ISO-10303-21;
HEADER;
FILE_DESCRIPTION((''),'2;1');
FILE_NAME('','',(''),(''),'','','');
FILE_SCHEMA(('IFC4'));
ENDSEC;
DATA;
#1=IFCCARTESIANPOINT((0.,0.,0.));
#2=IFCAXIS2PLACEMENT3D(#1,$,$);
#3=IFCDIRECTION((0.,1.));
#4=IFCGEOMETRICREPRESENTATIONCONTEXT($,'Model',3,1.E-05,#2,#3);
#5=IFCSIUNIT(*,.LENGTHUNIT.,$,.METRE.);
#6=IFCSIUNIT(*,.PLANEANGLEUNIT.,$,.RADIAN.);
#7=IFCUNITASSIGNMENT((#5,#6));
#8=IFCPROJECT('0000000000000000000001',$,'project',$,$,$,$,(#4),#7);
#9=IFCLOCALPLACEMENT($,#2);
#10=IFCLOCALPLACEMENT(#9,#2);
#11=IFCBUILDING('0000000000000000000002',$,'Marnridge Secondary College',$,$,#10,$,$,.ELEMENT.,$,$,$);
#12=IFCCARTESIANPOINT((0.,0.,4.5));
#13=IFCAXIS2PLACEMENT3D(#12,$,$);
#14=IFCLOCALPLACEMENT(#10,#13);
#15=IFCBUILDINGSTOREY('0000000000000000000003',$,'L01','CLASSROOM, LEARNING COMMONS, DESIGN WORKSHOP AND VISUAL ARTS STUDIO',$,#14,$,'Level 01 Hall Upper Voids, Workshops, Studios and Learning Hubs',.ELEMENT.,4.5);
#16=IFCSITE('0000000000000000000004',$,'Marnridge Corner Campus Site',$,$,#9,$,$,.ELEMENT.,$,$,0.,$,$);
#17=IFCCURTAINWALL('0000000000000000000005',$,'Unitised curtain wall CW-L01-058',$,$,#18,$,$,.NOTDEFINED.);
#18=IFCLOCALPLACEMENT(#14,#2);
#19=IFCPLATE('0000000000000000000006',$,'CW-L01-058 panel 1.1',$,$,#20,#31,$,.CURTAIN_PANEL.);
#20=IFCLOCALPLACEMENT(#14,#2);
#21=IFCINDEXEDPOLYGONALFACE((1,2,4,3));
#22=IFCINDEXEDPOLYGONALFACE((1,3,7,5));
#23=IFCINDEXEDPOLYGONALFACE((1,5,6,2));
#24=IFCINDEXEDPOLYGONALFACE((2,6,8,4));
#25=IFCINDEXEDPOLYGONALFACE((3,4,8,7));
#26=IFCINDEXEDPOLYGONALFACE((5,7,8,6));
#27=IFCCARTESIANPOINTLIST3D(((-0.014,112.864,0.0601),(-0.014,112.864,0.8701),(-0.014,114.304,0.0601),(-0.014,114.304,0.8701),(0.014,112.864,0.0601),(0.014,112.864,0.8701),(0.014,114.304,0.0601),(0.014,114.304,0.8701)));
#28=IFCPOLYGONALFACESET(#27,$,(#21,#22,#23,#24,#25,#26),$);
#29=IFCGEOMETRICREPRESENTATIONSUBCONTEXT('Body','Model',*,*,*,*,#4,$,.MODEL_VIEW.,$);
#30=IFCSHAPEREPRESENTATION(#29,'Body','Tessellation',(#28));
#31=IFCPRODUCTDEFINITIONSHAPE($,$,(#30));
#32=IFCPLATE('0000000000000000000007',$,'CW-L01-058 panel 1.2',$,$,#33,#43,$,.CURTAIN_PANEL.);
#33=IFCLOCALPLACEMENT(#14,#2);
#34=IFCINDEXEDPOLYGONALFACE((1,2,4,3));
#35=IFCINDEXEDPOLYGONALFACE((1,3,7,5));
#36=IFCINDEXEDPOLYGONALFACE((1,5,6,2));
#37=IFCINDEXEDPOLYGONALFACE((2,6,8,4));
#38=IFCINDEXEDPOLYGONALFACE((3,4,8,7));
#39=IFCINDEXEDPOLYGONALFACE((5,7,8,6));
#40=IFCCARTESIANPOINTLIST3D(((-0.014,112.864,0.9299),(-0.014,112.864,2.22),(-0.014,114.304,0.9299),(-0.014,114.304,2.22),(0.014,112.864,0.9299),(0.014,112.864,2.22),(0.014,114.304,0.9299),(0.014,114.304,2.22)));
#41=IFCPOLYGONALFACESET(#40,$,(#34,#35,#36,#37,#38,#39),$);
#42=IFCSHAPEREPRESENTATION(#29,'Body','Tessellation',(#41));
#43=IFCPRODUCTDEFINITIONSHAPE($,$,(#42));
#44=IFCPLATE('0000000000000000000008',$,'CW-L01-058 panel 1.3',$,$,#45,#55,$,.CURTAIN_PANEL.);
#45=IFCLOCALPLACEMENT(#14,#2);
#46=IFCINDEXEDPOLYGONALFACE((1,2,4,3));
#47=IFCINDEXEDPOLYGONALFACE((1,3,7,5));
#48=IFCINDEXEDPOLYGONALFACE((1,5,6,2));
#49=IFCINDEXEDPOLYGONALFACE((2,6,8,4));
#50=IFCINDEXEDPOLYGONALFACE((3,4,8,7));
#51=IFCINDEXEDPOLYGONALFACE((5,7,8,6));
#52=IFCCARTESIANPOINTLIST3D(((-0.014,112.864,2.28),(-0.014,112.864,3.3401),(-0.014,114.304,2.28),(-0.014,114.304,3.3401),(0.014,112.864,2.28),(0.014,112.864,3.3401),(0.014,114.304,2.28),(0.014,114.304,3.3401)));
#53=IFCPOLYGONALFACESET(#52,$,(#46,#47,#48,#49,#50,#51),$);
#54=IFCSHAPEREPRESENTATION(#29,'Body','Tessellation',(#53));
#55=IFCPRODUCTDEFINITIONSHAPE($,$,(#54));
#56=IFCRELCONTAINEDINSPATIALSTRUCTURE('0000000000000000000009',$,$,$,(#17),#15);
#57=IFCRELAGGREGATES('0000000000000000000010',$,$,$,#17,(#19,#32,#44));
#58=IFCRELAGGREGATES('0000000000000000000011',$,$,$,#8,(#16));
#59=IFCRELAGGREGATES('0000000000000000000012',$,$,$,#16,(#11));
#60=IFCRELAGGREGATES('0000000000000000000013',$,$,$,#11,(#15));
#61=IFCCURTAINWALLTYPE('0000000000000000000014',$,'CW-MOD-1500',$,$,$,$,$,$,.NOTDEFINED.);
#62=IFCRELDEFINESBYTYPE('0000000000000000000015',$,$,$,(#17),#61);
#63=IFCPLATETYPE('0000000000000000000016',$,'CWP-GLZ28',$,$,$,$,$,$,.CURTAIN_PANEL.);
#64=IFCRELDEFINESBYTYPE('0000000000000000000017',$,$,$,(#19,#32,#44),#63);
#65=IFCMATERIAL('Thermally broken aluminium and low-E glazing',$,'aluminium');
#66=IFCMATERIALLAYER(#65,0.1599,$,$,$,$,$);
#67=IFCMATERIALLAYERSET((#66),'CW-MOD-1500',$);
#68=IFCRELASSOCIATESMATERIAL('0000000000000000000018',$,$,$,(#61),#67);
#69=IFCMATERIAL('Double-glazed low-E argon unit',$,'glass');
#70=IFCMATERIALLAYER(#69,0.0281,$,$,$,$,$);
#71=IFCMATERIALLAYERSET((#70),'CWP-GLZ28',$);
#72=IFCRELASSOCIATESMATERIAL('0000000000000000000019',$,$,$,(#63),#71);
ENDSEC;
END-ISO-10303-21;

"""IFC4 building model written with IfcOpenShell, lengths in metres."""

from ifc_helpers import new_model, si_unit, direction, frame, origin, origin_2d, place, context, subcontext, project, spatial, rectangle, extrude, material, layer, layer_set, type_object, element, aggregate, save


model = new_model("IFC4")

# Units and contexts
model_context = context("Model", 3, precision=1e-05, world=origin(), true_north=direction((0.0, 1.0)))
body_context = subcontext(model_context, "Body", "Model", "MODEL_VIEW")
ifc_project = project(units=[si_unit("LENGTHUNIT", "METRE"), si_unit("PLANEANGLEUNIT", "RADIAN")], contexts=[model_context])

# Site, building, storey
site_placement = place(None, origin())
site = spatial("IfcSite", under=ifc_project, at=site_placement, Name="Marnridge Corner Campus Site", CompositionType="ELEMENT", RefElevation=0.0)
building_placement = place(site_placement, origin())
building = spatial("IfcBuilding", under=site, at=building_placement, Name="Marnridge Secondary College", CompositionType="ELEMENT")
storey_placement = place(building_placement, frame((0.0, 0.0, 4.5)))
storey = spatial("IfcBuildingStorey", under=building, at=storey_placement, Name="L01", Description="CLASSROOM, LEARNING COMMONS, DESIGN WORKSHOP AND VISUAL ARTS STUDIO", LongName="Level 01 Hall Upper Voids, Workshops, Studios and Learning Hubs", CompositionType="ELEMENT", Elevation=4.5)

# Shared definitions
ifc_material_1 = material(Name="Thermally broken aluminium and low-E glazing", Category="aluminium")
ifc_layer_1 = layer(ifc_material_1, 0.1599)
ifc_layer_set_1 = layer_set([ifc_layer_1], Name="CW-MOD-1500")
curtain_wall_type = type_object("IfcCurtainWallType", Name="CW-MOD-1500", PredefinedType="NOTDEFINED", material=ifc_layer_set_1)

# Curtain wall
curtain_wall_1_placement = place(storey_placement, origin())
curtain_wall_1 = element("IfcCurtainWall", 1, at=curtain_wall_1_placement, inside=storey, type_object=curtain_wall_type, Name="Unitised curtain wall CW-L01-058", PredefinedType="NOTDEFINED")

# Plates
ifc_material_2 = material(Name="Double-glazed low-E argon unit", Category="glass")
ifc_layer_2 = layer(ifc_material_2, 0.0281)
ifc_layer_set_2 = layer_set([ifc_layer_2], Name="CWP-GLZ28")
plate_type = type_object("IfcPlateType", Name="CWP-GLZ28", PredefinedType="CURTAIN_PANEL", material=ifc_layer_set_2)
plate_1_placement = place(storey_placement, frame((0.0, 113.584, 0.0601), z_axis=(0.0, 0.0, 1.0), x_axis=(0.0, 1.0, 0.0)))
plate_1 = element("IfcPlate", 2, at=plate_1_placement, type_object=plate_type, Name="CW-L01-058 panel 1.1", PredefinedType="CURTAIN_PANEL", context=body_context, shape_type="SweptSolid", body=[
    extrude(rectangle(XDim=1.4399, YDim=0.0281, at=origin_2d()), origin(), (0.0, 0.0, 1.0), 0.8101),
])
plate_2_placement = place(storey_placement, frame((0.0, 113.584, 0.9299), z_axis=(0.0, 0.0, 1.0), x_axis=(0.0, 1.0, 0.0)))
plate_2 = element("IfcPlate", 3, at=plate_2_placement, type_object=plate_type, Name="CW-L01-058 panel 1.2", PredefinedType="CURTAIN_PANEL", context=body_context, shape_type="SweptSolid", body=[
    extrude(rectangle(XDim=1.4399, YDim=0.0281, at=origin_2d()), origin(), (0.0, 0.0, 1.0), 1.29),
])
plate_3_placement = place(storey_placement, frame((0.0, 113.584, 2.28), z_axis=(0.0, 0.0, 1.0), x_axis=(0.0, 1.0, 0.0)))
plate_3 = element("IfcPlate", 4, at=plate_3_placement, type_object=plate_type, Name="CW-L01-058 panel 1.3", PredefinedType="CURTAIN_PANEL", context=body_context, shape_type="SweptSolid", body=[
    extrude(rectangle(XDim=1.4399, YDim=0.0281, at=origin_2d()), origin(), (0.0, 0.0, 1.0), 1.0601),
])
aggregate(curtain_wall_1, [plate_1, plate_2, plate_3])

save(model, "model.ifc")
